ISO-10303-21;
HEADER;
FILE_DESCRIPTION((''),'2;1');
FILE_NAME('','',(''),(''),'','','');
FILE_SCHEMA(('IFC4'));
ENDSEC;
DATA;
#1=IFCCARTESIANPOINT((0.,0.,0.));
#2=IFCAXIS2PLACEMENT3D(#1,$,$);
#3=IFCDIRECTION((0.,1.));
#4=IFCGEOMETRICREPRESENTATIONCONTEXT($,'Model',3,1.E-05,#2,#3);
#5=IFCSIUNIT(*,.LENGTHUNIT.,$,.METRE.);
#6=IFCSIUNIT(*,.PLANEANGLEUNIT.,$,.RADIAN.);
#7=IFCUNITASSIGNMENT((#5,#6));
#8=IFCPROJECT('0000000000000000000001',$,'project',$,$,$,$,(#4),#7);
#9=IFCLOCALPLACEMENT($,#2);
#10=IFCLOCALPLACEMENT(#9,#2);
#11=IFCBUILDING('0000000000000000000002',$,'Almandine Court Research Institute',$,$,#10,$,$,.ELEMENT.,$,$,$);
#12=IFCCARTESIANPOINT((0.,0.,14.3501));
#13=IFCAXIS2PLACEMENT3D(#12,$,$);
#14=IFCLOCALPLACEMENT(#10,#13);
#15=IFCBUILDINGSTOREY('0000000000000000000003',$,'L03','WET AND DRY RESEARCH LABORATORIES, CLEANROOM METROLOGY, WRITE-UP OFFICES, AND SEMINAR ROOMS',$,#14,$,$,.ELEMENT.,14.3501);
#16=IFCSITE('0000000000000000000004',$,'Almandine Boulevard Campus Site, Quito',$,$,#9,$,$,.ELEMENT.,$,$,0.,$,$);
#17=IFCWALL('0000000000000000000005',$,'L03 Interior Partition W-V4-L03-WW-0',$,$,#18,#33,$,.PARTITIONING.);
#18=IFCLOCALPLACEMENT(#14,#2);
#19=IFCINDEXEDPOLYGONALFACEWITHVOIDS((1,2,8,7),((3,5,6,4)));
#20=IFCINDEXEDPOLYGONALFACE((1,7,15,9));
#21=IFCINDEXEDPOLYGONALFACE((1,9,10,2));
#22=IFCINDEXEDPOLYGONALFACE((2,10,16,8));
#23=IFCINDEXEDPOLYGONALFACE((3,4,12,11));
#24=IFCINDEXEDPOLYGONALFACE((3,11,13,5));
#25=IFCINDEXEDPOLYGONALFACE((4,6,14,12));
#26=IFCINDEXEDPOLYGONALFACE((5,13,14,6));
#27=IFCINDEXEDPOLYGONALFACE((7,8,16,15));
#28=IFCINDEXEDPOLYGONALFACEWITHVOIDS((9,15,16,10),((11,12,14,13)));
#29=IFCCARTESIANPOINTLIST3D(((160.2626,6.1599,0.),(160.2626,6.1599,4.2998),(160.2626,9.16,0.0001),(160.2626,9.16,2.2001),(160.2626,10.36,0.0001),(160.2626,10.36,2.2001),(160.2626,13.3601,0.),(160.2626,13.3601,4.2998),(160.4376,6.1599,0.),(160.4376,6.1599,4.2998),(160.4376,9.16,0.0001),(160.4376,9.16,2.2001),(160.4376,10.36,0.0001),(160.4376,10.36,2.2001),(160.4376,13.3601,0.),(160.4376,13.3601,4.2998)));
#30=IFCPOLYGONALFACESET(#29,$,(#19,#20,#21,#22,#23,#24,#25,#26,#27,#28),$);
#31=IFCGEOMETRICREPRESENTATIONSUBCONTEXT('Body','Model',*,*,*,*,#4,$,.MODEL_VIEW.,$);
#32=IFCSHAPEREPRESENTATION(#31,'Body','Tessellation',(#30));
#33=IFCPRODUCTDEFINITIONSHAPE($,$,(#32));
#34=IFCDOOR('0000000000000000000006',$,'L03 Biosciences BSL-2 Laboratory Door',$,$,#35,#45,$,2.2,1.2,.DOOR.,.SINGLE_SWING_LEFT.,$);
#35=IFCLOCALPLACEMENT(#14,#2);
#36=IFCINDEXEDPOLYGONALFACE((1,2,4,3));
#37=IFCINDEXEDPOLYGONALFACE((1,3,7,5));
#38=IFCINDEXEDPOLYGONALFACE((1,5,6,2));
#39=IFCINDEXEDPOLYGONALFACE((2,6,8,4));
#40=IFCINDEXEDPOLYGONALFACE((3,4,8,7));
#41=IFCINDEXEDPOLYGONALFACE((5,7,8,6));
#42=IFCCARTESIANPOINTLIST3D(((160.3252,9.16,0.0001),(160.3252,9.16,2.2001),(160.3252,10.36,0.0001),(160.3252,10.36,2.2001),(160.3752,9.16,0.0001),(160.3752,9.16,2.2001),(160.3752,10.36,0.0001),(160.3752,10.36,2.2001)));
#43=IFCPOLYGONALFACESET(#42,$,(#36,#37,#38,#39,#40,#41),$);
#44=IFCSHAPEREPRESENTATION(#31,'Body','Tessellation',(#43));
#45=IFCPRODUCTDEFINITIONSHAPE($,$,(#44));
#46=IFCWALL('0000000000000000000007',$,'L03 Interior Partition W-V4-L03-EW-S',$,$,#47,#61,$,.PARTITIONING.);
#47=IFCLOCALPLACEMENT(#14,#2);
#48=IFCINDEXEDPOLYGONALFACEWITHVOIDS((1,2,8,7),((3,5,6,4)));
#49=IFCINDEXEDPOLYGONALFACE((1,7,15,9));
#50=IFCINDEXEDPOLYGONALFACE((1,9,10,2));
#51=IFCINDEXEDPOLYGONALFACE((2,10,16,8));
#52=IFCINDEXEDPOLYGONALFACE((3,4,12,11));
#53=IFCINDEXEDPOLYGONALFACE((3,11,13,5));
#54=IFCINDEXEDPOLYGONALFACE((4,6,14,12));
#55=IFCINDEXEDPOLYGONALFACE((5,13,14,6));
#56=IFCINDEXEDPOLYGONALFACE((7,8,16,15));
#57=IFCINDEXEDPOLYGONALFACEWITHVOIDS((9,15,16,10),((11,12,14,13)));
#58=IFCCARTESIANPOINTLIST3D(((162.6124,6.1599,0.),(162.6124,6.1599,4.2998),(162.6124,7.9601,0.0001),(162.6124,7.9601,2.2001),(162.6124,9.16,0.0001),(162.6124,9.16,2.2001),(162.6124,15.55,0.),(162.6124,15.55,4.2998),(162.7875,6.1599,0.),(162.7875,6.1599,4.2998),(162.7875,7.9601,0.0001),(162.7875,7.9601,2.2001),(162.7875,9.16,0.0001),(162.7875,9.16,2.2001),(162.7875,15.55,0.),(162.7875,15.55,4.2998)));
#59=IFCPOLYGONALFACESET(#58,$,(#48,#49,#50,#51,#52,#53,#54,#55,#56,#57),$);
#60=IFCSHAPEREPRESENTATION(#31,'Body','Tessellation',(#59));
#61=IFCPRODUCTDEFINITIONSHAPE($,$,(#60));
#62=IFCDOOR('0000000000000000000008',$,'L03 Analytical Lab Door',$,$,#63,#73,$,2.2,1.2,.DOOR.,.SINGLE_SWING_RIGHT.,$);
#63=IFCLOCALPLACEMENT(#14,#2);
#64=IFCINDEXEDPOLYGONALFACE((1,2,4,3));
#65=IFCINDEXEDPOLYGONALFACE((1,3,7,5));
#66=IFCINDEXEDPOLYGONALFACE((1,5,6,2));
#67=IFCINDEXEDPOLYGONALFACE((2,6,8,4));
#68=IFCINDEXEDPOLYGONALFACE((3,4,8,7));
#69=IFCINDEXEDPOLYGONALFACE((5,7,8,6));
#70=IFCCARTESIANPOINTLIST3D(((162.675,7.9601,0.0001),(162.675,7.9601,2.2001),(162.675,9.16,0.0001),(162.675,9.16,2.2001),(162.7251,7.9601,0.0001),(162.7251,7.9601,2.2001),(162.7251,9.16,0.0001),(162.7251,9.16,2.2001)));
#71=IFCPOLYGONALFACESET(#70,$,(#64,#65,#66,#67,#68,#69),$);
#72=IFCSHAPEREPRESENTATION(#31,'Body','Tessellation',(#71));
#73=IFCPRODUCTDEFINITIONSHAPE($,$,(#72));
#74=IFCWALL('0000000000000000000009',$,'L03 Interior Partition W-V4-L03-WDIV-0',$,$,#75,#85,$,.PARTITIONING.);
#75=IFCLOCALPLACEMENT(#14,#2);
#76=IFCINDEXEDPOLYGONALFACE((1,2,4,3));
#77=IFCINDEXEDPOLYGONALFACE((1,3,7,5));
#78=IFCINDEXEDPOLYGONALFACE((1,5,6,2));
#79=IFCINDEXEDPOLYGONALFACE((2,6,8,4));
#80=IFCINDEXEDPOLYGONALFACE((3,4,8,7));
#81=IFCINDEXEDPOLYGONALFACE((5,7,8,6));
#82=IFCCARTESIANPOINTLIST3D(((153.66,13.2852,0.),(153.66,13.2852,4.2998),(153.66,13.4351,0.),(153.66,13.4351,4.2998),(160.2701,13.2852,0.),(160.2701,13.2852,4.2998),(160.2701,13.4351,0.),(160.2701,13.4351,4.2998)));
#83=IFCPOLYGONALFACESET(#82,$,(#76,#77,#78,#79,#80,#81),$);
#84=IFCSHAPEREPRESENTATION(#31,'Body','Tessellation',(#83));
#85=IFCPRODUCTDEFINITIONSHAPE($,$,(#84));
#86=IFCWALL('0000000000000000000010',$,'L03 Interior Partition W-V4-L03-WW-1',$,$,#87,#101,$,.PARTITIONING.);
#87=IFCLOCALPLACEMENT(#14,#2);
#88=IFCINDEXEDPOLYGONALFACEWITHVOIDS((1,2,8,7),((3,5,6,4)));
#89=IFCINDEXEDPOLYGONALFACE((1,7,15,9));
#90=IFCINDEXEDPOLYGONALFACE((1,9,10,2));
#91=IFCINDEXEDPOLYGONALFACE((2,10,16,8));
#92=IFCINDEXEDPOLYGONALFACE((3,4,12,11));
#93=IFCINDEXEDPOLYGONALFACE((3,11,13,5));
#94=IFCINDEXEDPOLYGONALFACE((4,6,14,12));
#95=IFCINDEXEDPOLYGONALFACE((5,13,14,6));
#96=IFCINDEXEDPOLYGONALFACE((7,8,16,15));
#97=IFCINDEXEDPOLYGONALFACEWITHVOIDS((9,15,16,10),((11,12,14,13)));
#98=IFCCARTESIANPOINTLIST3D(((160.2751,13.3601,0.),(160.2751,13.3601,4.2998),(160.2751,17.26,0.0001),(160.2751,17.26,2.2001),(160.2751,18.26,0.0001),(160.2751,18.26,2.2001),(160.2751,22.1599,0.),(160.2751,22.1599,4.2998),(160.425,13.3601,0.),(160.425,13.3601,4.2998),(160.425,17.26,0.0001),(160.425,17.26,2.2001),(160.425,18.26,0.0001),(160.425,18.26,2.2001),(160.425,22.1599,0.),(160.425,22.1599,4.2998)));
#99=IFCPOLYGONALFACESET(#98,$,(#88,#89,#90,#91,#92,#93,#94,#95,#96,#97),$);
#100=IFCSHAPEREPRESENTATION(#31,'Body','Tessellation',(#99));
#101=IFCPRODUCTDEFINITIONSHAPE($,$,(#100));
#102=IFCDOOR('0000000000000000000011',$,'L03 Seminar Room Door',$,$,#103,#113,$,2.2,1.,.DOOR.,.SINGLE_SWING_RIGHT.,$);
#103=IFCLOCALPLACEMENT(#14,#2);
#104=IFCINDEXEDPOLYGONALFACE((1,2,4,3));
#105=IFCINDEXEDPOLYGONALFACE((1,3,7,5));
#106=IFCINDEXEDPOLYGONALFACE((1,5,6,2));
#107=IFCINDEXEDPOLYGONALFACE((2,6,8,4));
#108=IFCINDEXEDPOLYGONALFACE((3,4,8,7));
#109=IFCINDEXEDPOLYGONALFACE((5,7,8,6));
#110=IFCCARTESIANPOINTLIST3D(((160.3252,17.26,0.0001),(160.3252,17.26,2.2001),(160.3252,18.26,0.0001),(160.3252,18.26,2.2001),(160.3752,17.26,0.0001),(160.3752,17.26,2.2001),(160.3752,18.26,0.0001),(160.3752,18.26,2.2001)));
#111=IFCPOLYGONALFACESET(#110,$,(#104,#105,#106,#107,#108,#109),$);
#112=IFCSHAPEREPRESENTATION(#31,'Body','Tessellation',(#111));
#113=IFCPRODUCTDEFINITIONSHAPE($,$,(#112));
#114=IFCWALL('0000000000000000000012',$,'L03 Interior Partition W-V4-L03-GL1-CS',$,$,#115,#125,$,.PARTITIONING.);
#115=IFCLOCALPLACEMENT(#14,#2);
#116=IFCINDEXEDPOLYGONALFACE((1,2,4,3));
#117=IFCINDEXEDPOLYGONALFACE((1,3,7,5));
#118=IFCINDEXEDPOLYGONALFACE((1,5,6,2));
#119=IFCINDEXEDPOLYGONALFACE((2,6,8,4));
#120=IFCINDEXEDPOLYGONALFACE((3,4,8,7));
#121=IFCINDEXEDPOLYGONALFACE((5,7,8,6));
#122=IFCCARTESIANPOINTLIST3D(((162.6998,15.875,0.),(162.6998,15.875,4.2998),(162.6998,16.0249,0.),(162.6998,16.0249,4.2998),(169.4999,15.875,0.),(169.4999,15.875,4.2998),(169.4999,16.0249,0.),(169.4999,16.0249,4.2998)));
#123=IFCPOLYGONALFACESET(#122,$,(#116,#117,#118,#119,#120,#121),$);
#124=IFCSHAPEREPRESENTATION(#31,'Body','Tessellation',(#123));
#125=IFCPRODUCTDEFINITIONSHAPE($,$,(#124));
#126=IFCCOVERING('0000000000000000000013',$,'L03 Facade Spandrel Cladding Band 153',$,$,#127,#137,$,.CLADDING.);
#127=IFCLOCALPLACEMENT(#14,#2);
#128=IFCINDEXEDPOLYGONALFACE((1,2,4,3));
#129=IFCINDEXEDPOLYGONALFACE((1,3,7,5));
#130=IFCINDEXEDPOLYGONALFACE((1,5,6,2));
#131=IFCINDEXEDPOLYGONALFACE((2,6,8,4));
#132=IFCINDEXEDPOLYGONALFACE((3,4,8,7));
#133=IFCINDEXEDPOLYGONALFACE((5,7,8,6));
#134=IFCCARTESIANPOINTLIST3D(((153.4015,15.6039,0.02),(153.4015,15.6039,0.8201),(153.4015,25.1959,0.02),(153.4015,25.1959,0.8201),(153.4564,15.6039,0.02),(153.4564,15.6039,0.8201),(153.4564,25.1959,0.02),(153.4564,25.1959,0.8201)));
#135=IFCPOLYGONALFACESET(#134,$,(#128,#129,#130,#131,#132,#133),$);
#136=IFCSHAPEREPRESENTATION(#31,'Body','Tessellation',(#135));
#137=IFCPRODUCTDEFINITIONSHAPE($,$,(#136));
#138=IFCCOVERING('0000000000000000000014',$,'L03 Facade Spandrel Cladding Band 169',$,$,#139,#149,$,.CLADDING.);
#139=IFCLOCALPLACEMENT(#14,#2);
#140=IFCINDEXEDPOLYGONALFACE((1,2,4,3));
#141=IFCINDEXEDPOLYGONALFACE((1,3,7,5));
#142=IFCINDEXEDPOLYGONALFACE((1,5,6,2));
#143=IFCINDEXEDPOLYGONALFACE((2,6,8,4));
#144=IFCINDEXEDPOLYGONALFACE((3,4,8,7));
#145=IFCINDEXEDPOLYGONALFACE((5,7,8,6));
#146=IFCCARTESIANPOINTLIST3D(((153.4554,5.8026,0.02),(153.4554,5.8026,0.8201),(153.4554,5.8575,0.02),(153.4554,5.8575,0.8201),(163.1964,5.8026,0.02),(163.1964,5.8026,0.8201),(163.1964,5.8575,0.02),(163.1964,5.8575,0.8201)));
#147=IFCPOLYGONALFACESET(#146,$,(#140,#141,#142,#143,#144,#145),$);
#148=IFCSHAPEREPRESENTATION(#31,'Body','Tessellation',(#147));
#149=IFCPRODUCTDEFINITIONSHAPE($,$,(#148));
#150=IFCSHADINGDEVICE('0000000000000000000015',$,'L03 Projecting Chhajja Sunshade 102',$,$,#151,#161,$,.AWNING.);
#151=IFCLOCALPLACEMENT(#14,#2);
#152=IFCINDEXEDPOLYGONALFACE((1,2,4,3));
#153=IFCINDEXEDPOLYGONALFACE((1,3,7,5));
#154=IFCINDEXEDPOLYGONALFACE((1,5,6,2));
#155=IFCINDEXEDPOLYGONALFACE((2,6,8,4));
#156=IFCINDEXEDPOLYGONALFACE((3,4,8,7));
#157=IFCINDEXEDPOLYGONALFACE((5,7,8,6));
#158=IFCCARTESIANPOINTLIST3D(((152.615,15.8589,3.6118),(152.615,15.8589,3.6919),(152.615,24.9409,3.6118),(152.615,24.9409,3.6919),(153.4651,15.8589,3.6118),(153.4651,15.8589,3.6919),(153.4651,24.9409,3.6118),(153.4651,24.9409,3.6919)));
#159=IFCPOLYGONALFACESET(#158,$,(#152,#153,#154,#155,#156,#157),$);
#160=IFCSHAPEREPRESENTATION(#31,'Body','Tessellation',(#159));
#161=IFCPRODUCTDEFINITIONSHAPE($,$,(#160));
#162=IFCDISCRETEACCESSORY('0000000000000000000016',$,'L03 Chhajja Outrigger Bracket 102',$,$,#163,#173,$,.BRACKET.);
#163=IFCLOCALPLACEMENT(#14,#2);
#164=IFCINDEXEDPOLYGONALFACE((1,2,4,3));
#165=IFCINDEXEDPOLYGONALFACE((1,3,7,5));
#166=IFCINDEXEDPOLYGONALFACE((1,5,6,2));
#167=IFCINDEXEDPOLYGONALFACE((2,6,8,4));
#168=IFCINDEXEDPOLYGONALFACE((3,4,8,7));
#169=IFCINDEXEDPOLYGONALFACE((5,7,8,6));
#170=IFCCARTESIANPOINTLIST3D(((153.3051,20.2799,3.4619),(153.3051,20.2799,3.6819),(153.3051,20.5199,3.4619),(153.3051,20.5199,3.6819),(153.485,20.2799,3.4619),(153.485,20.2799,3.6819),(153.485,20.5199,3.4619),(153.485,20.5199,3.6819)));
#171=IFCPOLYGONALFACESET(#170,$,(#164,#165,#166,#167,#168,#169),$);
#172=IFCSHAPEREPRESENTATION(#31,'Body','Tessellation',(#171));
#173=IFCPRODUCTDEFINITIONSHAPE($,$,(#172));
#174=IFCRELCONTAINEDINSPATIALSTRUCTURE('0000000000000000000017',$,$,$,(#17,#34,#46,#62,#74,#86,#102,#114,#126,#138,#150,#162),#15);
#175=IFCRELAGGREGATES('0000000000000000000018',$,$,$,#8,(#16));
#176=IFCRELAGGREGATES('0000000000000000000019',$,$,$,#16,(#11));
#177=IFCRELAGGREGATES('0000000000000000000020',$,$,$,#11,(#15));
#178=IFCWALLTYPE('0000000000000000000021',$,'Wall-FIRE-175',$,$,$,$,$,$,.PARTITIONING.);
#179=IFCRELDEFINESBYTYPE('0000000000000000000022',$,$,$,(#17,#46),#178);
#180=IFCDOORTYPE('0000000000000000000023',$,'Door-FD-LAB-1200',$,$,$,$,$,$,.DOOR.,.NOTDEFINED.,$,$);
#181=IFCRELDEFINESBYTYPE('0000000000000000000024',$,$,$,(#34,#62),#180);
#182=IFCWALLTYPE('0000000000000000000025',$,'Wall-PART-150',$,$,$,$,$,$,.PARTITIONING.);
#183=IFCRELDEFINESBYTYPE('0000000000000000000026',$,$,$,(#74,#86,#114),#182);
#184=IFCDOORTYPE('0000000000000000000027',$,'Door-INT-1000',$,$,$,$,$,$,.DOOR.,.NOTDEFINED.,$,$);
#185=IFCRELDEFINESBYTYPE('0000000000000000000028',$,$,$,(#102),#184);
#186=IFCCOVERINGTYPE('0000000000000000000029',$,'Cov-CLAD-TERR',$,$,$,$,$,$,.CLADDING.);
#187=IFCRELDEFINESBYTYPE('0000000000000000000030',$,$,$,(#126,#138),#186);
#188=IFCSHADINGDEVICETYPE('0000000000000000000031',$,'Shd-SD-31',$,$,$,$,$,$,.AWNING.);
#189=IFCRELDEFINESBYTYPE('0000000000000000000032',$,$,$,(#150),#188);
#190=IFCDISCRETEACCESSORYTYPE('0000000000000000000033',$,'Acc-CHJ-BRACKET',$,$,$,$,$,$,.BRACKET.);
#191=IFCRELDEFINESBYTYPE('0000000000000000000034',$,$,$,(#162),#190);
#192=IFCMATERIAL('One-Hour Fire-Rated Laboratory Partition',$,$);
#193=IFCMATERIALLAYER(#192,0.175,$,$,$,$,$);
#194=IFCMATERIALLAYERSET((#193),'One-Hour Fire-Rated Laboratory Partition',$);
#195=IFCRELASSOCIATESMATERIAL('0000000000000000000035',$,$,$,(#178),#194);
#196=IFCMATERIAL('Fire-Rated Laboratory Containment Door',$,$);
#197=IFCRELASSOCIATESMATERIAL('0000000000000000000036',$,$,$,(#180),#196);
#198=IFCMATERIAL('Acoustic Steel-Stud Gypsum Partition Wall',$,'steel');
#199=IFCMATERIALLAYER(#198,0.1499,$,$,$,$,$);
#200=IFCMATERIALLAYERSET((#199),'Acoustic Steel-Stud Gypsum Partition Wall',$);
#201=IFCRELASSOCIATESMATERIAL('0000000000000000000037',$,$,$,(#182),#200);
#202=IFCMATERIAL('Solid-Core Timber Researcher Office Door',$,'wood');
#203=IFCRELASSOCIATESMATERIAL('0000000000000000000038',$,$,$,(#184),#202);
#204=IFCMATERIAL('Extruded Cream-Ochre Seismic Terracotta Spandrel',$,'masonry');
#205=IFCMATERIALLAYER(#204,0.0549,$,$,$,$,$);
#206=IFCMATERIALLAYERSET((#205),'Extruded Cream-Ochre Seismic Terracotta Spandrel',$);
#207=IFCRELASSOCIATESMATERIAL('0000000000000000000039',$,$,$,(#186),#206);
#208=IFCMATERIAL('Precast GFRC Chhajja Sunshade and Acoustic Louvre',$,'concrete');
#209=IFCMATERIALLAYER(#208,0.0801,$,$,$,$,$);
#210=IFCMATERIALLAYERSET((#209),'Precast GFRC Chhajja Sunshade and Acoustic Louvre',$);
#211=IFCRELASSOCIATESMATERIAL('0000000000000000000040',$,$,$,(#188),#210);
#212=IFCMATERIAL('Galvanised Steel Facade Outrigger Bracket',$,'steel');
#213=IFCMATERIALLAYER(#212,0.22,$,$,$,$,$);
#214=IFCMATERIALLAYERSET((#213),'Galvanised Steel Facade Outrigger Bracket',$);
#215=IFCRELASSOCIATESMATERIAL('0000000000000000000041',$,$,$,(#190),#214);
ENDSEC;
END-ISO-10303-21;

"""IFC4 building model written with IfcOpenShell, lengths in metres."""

from ifc_helpers import new_model, si_unit, direction, frame, frame_2d, origin, origin_2d, place, context, subcontext, project, spatial, rectangle, extrude, material, layer, layer_set, type_object, element, fill, save


model = new_model("IFC4")

# Units and contexts
model_context = context("Model", 3, precision=1e-05, world=origin(), true_north=direction((0.0, 1.0)))
body_context = subcontext(model_context, "Body", "Model", "MODEL_VIEW")
ifc_project = project(units=[si_unit("LENGTHUNIT", "METRE"), si_unit("PLANEANGLEUNIT", "RADIAN")], contexts=[model_context])

# Site, building, storey
site_placement = place(None, origin())
site = spatial("IfcSite", under=ifc_project, at=site_placement, Name="Almandine Boulevard Campus Site, Quito", CompositionType="ELEMENT", RefElevation=0.0)
building_placement = place(site_placement, origin())
building = spatial("IfcBuilding", under=site, at=building_placement, Name="Almandine Court Research Institute", CompositionType="ELEMENT")
storey_placement = place(building_placement, frame((0.0, 0.0, 14.3501)))
storey = spatial("IfcBuildingStorey", under=building, at=storey_placement, Name="L03", Description="WET AND DRY RESEARCH LABORATORIES, CLEANROOM METROLOGY, WRITE-UP OFFICES, AND SEMINAR ROOMS", CompositionType="ELEMENT", Elevation=14.3501)

# Walls, openings, doors
ifc_material_1 = material(Name="One-Hour Fire-Rated Laboratory Partition")
ifc_layer_1 = layer(ifc_material_1, 0.175)
ifc_layer_set_1 = layer_set([ifc_layer_1], Name="One-Hour Fire-Rated Laboratory Partition")
wall_type_1 = type_object("IfcWallType", Name="Wall-FIRE-175", PredefinedType="PARTITIONING", material=ifc_layer_set_1)
wall_1_placement = place(storey_placement, frame((160.3501, 6.1599, 0.0), z_axis=(0.0, 0.0, 1.0), x_axis=(0.0, 1.0, 0.0)))
wall_1 = element("IfcWall", 1, at=wall_1_placement, inside=storey, type_object=wall_type_1, Name="L03 Interior Partition W-V4-L03-WW-0", PredefinedType="PARTITIONING", context=body_context, shape_type="SweptSolid", body=[
    extrude(rectangle(XDim=7.2002, YDim=0.175, at=frame_2d((3.6001, 0.0))), origin(), (0.0, 0.0, 1.0), 4.2998),
])
opening_1_placement = place(wall_1_placement, frame((3.0, 0.0, 0.0)))
opening_1 = element("IfcOpeningElement", 2, at=opening_1_placement, cuts=wall_1, PredefinedType="OPENING", context=body_context, shape_type="SweptSolid", body=[
    extrude(rectangle(XDim=1.2, YDim=2.2, at=frame_2d((0.6001, 1.1001))), frame((0.0, 0.0974, 0.0), z_axis=(0.0, -1.0, 0.0), x_axis=(1.0, 0.0, 0.0)), (0.0, 0.0, 1.0), 0.1951),
])
ifc_material_2 = material(Name="Fire-Rated Laboratory Containment Door")
door_type_1 = type_object("IfcDoorType", Name="Door-FD-LAB-1200", OperationType="NOTDEFINED", PredefinedType="DOOR", material=ifc_material_2)
door_1_placement = place(opening_1_placement, origin())
door_1 = element("IfcDoor", 3, at=door_1_placement, inside=storey, type_object=door_type_1, Name="L03 Biosciences BSL-2 Laboratory Door", OperationType="SINGLE_SWING_LEFT", OverallHeight=2.2, OverallWidth=1.2, PredefinedType="DOOR", context=body_context, shape_type="SweptSolid", body=[
    extrude(rectangle(XDim=1.2, YDim=2.2, at=frame_2d((0.6001, 1.1001))), frame((0.0, 0.0249, 0.0), z_axis=(0.0, -1.0, 0.0), x_axis=(1.0, 0.0, 0.0)), (0.0, 0.0, 1.0), 0.05),
])
fill(opening_1, door_1)
wall_2_placement = place(storey_placement, frame((162.7, 6.1599, 0.0), z_axis=(0.0, 0.0, 1.0), x_axis=(0.0, 1.0, 0.0)))
wall_2 = element("IfcWall", 4, at=wall_2_placement, inside=storey, type_object=wall_type_1, Name="L03 Interior Partition W-V4-L03-EW-S", PredefinedType="PARTITIONING", context=body_context, shape_type="SweptSolid", body=[
    extrude(rectangle(XDim=9.3901, YDim=0.175, at=frame_2d((4.6951, 0.0))), origin(), (0.0, 0.0, 1.0), 4.2998),
])
opening_2_placement = place(wall_2_placement, frame((1.8, 0.0, 0.0)))
opening_2 = element("IfcOpeningElement", 5, at=opening_2_placement, cuts=wall_2, PredefinedType="OPENING", context=body_context, shape_type="SweptSolid", body=[
    extrude(rectangle(XDim=1.2, YDim=2.2, at=frame_2d((0.6001, 1.1001))), frame((0.0, 0.0974, 0.0), z_axis=(0.0, -1.0, 0.0), x_axis=(1.0, 0.0, 0.0)), (0.0, 0.0, 1.0), 0.1951),
])
door_2_placement = place(opening_2_placement, origin())
door_2 = element("IfcDoor", 6, at=door_2_placement, inside=storey, type_object=door_type_1, Name="L03 Analytical Lab Door", OperationType="SINGLE_SWING_RIGHT", OverallHeight=2.2, OverallWidth=1.2, PredefinedType="DOOR", context=body_context, shape_type="SweptSolid", body=[
    extrude(rectangle(XDim=1.2, YDim=2.2, at=frame_2d((0.6001, 1.1001))), frame((0.0, 0.0249, 0.0), z_axis=(0.0, -1.0, 0.0), x_axis=(1.0, 0.0, 0.0)), (0.0, 0.0, 1.0), 0.05),
])
fill(opening_2, door_2)

# Wall
ifc_material_3 = material(Name="Acoustic Steel-Stud Gypsum Partition Wall", Category="steel")
ifc_layer_2 = layer(ifc_material_3, 0.1499)
ifc_layer_set_2 = layer_set([ifc_layer_2], Name="Acoustic Steel-Stud Gypsum Partition Wall")
wall_type_2 = type_object("IfcWallType", Name="Wall-PART-150", PredefinedType="PARTITIONING", material=ifc_layer_set_2)
wall_3_placement = place(storey_placement, frame((153.6599, 13.3601, 0.0), z_axis=(0.0, 0.0, 1.0), x_axis=(1.0, 0.0, 0.0)))
element("IfcWall", 7, at=wall_3_placement, inside=storey, type_object=wall_type_2, Name="L03 Interior Partition W-V4-L03-WDIV-0", PredefinedType="PARTITIONING", context=body_context, shape_type="SweptSolid", body=[
    extrude(rectangle(XDim=6.6101, YDim=0.1499, at=frame_2d((3.3052, 0.0))), origin(), (0.0, 0.0, 1.0), 4.2998),
])

# Wall, opening, door
wall_4_placement = place(storey_placement, frame((160.3501, 13.3601, 0.0), z_axis=(0.0, 0.0, 1.0), x_axis=(0.0, 1.0, 0.0)))
wall_4 = element("IfcWall", 8, at=wall_4_placement, inside=storey, type_object=wall_type_2, Name="L03 Interior Partition W-V4-L03-WW-1", PredefinedType="PARTITIONING", context=body_context, shape_type="SweptSolid", body=[
    extrude(rectangle(XDim=8.7998, YDim=0.1499, at=frame_2d((4.3999, 0.0))), origin(), (0.0, 0.0, 1.0), 4.2998),
])
opening_3_placement = place(wall_4_placement, frame((3.8999, 0.0, 0.0)))
opening_3 = element("IfcOpeningElement", 9, at=opening_3_placement, cuts=wall_4, PredefinedType="OPENING", context=body_context, shape_type="SweptSolid", body=[
    extrude(rectangle(XDim=1.0, YDim=2.2, at=frame_2d((0.5, 1.1001))), frame((0.0, 0.085, 0.0), z_axis=(0.0, -1.0, 0.0), x_axis=(1.0, 0.0, 0.0)), (0.0, 0.0, 1.0), 0.1699),
])
ifc_material_4 = material(Name="Solid-Core Timber Researcher Office Door", Category="wood")
door_type_2 = type_object("IfcDoorType", Name="Door-INT-1000", OperationType="NOTDEFINED", PredefinedType="DOOR", material=ifc_material_4)
door_3_placement = place(opening_3_placement, origin())
door_3 = element("IfcDoor", 10, at=door_3_placement, inside=storey, type_object=door_type_2, Name="L03 Seminar Room Door", OperationType="SINGLE_SWING_RIGHT", OverallHeight=2.2, OverallWidth=1.0, PredefinedType="DOOR", context=body_context, shape_type="SweptSolid", body=[
    extrude(rectangle(XDim=1.0, YDim=2.2, at=frame_2d((0.5, 1.1001))), frame((0.0, 0.0249, 0.0), z_axis=(0.0, -1.0, 0.0), x_axis=(1.0, 0.0, 0.0)), (0.0, 0.0, 1.0), 0.05),
])
fill(opening_3, door_3)

# Wall
wall_5_placement = place(storey_placement, frame((162.7, 15.95, 0.0), z_axis=(0.0, 0.0, 1.0), x_axis=(1.0, 0.0, 0.0)))
element("IfcWall", 11, at=wall_5_placement, inside=storey, type_object=wall_type_2, Name="L03 Interior Partition W-V4-L03-GL1-CS", PredefinedType="PARTITIONING", context=body_context, shape_type="SweptSolid", body=[
    extrude(rectangle(XDim=6.8, YDim=0.1499, at=frame_2d((3.3999, 0.0))), origin(), (0.0, 0.0, 1.0), 4.2998),
])

# Coverings
ifc_material_5 = material(Name="Extruded Cream-Ochre Seismic Terracotta Spandrel", Category="masonry")
ifc_layer_3 = layer(ifc_material_5, 0.0549)
ifc_layer_set_3 = layer_set([ifc_layer_3], Name="Extruded Cream-Ochre Seismic Terracotta Spandrel")
covering_type = type_object("IfcCoveringType", Name="Cov-CLAD-TERR", PredefinedType="CLADDING", material=ifc_layer_set_3)
covering_1_placement = place(storey_placement, frame((153.429, 20.3999, 0.02), z_axis=(0.0, 0.0, 1.0), x_axis=(0.0, 1.0, 0.0)))
element("IfcCovering", 12, at=covering_1_placement, inside=storey, type_object=covering_type, Name="L03 Facade Spandrel Cladding Band 153", PredefinedType="CLADDING", context=body_context, shape_type="SweptSolid", body=[
    extrude(rectangle(XDim=9.592, YDim=0.0549, at=origin_2d()), origin(), (0.0, 0.0, 1.0), 0.8),
])
covering_2_placement = place(storey_placement, frame((158.3259, 5.8301, 0.02), z_axis=(0.0, 0.0, 1.0), x_axis=(-1.0, 0.0, 0.0)))
element("IfcCovering", 13, at=covering_2_placement, inside=storey, type_object=covering_type, Name="L03 Facade Spandrel Cladding Band 169", PredefinedType="CLADDING", context=body_context, shape_type="SweptSolid", body=[
    extrude(rectangle(XDim=9.741, YDim=0.0549, at=origin_2d()), origin(), (0.0, 0.0, 1.0), 0.8),
])

# Shading device
ifc_material_6 = material(Name="Precast GFRC Chhajja Sunshade and Acoustic Louvre", Category="concrete")
ifc_layer_4 = layer(ifc_material_6, 0.0801)
ifc_layer_set_4 = layer_set([ifc_layer_4], Name="Precast GFRC Chhajja Sunshade and Acoustic Louvre")
shading_device_type = type_object("IfcShadingDeviceType", Name="Shd-SD-31", PredefinedType="AWNING", material=ifc_layer_set_4)
shading_device_placement = place(storey_placement, frame((153.04, 20.3999, 3.6118), z_axis=(0.0, 0.0, 1.0), x_axis=(0.0, 1.0, 0.0)))
element("IfcShadingDevice", 14, at=shading_device_placement, inside=storey, type_object=shading_device_type, Name="L03 Projecting Chhajja Sunshade 102", PredefinedType="AWNING", context=body_context, shape_type="SweptSolid", body=[
    extrude(rectangle(XDim=9.082, YDim=0.8501, at=origin_2d()), origin(), (0.0, 0.0, 1.0), 0.0801),
])

# Discrete accessory
ifc_material_7 = material(Name="Galvanised Steel Facade Outrigger Bracket", Category="steel")
ifc_layer_5 = layer(ifc_material_7, 0.22)
ifc_layer_set_5 = layer_set([ifc_layer_5], Name="Galvanised Steel Facade Outrigger Bracket")
discrete_accessory_type = type_object("IfcDiscreteAccessoryType", Name="Acc-CHJ-BRACKET", PredefinedType="BRACKET", material=ifc_layer_set_5)
discrete_accessory_placement = place(storey_placement, frame((153.395, 20.3999, 3.4619), z_axis=(0.0, 0.0, 1.0), x_axis=(0.0, 1.0, 0.0)))
element("IfcDiscreteAccessory", 15, at=discrete_accessory_placement, inside=storey, type_object=discrete_accessory_type, Name="L03 Chhajja Outrigger Bracket 102", PredefinedType="BRACKET", context=body_context, shape_type="SweptSolid", body=[
    extrude(rectangle(XDim=0.24, YDim=0.1799, at=origin_2d()), origin(), (0.0, 0.0, 1.0), 0.22),
])

save(model, "model.ifc")
